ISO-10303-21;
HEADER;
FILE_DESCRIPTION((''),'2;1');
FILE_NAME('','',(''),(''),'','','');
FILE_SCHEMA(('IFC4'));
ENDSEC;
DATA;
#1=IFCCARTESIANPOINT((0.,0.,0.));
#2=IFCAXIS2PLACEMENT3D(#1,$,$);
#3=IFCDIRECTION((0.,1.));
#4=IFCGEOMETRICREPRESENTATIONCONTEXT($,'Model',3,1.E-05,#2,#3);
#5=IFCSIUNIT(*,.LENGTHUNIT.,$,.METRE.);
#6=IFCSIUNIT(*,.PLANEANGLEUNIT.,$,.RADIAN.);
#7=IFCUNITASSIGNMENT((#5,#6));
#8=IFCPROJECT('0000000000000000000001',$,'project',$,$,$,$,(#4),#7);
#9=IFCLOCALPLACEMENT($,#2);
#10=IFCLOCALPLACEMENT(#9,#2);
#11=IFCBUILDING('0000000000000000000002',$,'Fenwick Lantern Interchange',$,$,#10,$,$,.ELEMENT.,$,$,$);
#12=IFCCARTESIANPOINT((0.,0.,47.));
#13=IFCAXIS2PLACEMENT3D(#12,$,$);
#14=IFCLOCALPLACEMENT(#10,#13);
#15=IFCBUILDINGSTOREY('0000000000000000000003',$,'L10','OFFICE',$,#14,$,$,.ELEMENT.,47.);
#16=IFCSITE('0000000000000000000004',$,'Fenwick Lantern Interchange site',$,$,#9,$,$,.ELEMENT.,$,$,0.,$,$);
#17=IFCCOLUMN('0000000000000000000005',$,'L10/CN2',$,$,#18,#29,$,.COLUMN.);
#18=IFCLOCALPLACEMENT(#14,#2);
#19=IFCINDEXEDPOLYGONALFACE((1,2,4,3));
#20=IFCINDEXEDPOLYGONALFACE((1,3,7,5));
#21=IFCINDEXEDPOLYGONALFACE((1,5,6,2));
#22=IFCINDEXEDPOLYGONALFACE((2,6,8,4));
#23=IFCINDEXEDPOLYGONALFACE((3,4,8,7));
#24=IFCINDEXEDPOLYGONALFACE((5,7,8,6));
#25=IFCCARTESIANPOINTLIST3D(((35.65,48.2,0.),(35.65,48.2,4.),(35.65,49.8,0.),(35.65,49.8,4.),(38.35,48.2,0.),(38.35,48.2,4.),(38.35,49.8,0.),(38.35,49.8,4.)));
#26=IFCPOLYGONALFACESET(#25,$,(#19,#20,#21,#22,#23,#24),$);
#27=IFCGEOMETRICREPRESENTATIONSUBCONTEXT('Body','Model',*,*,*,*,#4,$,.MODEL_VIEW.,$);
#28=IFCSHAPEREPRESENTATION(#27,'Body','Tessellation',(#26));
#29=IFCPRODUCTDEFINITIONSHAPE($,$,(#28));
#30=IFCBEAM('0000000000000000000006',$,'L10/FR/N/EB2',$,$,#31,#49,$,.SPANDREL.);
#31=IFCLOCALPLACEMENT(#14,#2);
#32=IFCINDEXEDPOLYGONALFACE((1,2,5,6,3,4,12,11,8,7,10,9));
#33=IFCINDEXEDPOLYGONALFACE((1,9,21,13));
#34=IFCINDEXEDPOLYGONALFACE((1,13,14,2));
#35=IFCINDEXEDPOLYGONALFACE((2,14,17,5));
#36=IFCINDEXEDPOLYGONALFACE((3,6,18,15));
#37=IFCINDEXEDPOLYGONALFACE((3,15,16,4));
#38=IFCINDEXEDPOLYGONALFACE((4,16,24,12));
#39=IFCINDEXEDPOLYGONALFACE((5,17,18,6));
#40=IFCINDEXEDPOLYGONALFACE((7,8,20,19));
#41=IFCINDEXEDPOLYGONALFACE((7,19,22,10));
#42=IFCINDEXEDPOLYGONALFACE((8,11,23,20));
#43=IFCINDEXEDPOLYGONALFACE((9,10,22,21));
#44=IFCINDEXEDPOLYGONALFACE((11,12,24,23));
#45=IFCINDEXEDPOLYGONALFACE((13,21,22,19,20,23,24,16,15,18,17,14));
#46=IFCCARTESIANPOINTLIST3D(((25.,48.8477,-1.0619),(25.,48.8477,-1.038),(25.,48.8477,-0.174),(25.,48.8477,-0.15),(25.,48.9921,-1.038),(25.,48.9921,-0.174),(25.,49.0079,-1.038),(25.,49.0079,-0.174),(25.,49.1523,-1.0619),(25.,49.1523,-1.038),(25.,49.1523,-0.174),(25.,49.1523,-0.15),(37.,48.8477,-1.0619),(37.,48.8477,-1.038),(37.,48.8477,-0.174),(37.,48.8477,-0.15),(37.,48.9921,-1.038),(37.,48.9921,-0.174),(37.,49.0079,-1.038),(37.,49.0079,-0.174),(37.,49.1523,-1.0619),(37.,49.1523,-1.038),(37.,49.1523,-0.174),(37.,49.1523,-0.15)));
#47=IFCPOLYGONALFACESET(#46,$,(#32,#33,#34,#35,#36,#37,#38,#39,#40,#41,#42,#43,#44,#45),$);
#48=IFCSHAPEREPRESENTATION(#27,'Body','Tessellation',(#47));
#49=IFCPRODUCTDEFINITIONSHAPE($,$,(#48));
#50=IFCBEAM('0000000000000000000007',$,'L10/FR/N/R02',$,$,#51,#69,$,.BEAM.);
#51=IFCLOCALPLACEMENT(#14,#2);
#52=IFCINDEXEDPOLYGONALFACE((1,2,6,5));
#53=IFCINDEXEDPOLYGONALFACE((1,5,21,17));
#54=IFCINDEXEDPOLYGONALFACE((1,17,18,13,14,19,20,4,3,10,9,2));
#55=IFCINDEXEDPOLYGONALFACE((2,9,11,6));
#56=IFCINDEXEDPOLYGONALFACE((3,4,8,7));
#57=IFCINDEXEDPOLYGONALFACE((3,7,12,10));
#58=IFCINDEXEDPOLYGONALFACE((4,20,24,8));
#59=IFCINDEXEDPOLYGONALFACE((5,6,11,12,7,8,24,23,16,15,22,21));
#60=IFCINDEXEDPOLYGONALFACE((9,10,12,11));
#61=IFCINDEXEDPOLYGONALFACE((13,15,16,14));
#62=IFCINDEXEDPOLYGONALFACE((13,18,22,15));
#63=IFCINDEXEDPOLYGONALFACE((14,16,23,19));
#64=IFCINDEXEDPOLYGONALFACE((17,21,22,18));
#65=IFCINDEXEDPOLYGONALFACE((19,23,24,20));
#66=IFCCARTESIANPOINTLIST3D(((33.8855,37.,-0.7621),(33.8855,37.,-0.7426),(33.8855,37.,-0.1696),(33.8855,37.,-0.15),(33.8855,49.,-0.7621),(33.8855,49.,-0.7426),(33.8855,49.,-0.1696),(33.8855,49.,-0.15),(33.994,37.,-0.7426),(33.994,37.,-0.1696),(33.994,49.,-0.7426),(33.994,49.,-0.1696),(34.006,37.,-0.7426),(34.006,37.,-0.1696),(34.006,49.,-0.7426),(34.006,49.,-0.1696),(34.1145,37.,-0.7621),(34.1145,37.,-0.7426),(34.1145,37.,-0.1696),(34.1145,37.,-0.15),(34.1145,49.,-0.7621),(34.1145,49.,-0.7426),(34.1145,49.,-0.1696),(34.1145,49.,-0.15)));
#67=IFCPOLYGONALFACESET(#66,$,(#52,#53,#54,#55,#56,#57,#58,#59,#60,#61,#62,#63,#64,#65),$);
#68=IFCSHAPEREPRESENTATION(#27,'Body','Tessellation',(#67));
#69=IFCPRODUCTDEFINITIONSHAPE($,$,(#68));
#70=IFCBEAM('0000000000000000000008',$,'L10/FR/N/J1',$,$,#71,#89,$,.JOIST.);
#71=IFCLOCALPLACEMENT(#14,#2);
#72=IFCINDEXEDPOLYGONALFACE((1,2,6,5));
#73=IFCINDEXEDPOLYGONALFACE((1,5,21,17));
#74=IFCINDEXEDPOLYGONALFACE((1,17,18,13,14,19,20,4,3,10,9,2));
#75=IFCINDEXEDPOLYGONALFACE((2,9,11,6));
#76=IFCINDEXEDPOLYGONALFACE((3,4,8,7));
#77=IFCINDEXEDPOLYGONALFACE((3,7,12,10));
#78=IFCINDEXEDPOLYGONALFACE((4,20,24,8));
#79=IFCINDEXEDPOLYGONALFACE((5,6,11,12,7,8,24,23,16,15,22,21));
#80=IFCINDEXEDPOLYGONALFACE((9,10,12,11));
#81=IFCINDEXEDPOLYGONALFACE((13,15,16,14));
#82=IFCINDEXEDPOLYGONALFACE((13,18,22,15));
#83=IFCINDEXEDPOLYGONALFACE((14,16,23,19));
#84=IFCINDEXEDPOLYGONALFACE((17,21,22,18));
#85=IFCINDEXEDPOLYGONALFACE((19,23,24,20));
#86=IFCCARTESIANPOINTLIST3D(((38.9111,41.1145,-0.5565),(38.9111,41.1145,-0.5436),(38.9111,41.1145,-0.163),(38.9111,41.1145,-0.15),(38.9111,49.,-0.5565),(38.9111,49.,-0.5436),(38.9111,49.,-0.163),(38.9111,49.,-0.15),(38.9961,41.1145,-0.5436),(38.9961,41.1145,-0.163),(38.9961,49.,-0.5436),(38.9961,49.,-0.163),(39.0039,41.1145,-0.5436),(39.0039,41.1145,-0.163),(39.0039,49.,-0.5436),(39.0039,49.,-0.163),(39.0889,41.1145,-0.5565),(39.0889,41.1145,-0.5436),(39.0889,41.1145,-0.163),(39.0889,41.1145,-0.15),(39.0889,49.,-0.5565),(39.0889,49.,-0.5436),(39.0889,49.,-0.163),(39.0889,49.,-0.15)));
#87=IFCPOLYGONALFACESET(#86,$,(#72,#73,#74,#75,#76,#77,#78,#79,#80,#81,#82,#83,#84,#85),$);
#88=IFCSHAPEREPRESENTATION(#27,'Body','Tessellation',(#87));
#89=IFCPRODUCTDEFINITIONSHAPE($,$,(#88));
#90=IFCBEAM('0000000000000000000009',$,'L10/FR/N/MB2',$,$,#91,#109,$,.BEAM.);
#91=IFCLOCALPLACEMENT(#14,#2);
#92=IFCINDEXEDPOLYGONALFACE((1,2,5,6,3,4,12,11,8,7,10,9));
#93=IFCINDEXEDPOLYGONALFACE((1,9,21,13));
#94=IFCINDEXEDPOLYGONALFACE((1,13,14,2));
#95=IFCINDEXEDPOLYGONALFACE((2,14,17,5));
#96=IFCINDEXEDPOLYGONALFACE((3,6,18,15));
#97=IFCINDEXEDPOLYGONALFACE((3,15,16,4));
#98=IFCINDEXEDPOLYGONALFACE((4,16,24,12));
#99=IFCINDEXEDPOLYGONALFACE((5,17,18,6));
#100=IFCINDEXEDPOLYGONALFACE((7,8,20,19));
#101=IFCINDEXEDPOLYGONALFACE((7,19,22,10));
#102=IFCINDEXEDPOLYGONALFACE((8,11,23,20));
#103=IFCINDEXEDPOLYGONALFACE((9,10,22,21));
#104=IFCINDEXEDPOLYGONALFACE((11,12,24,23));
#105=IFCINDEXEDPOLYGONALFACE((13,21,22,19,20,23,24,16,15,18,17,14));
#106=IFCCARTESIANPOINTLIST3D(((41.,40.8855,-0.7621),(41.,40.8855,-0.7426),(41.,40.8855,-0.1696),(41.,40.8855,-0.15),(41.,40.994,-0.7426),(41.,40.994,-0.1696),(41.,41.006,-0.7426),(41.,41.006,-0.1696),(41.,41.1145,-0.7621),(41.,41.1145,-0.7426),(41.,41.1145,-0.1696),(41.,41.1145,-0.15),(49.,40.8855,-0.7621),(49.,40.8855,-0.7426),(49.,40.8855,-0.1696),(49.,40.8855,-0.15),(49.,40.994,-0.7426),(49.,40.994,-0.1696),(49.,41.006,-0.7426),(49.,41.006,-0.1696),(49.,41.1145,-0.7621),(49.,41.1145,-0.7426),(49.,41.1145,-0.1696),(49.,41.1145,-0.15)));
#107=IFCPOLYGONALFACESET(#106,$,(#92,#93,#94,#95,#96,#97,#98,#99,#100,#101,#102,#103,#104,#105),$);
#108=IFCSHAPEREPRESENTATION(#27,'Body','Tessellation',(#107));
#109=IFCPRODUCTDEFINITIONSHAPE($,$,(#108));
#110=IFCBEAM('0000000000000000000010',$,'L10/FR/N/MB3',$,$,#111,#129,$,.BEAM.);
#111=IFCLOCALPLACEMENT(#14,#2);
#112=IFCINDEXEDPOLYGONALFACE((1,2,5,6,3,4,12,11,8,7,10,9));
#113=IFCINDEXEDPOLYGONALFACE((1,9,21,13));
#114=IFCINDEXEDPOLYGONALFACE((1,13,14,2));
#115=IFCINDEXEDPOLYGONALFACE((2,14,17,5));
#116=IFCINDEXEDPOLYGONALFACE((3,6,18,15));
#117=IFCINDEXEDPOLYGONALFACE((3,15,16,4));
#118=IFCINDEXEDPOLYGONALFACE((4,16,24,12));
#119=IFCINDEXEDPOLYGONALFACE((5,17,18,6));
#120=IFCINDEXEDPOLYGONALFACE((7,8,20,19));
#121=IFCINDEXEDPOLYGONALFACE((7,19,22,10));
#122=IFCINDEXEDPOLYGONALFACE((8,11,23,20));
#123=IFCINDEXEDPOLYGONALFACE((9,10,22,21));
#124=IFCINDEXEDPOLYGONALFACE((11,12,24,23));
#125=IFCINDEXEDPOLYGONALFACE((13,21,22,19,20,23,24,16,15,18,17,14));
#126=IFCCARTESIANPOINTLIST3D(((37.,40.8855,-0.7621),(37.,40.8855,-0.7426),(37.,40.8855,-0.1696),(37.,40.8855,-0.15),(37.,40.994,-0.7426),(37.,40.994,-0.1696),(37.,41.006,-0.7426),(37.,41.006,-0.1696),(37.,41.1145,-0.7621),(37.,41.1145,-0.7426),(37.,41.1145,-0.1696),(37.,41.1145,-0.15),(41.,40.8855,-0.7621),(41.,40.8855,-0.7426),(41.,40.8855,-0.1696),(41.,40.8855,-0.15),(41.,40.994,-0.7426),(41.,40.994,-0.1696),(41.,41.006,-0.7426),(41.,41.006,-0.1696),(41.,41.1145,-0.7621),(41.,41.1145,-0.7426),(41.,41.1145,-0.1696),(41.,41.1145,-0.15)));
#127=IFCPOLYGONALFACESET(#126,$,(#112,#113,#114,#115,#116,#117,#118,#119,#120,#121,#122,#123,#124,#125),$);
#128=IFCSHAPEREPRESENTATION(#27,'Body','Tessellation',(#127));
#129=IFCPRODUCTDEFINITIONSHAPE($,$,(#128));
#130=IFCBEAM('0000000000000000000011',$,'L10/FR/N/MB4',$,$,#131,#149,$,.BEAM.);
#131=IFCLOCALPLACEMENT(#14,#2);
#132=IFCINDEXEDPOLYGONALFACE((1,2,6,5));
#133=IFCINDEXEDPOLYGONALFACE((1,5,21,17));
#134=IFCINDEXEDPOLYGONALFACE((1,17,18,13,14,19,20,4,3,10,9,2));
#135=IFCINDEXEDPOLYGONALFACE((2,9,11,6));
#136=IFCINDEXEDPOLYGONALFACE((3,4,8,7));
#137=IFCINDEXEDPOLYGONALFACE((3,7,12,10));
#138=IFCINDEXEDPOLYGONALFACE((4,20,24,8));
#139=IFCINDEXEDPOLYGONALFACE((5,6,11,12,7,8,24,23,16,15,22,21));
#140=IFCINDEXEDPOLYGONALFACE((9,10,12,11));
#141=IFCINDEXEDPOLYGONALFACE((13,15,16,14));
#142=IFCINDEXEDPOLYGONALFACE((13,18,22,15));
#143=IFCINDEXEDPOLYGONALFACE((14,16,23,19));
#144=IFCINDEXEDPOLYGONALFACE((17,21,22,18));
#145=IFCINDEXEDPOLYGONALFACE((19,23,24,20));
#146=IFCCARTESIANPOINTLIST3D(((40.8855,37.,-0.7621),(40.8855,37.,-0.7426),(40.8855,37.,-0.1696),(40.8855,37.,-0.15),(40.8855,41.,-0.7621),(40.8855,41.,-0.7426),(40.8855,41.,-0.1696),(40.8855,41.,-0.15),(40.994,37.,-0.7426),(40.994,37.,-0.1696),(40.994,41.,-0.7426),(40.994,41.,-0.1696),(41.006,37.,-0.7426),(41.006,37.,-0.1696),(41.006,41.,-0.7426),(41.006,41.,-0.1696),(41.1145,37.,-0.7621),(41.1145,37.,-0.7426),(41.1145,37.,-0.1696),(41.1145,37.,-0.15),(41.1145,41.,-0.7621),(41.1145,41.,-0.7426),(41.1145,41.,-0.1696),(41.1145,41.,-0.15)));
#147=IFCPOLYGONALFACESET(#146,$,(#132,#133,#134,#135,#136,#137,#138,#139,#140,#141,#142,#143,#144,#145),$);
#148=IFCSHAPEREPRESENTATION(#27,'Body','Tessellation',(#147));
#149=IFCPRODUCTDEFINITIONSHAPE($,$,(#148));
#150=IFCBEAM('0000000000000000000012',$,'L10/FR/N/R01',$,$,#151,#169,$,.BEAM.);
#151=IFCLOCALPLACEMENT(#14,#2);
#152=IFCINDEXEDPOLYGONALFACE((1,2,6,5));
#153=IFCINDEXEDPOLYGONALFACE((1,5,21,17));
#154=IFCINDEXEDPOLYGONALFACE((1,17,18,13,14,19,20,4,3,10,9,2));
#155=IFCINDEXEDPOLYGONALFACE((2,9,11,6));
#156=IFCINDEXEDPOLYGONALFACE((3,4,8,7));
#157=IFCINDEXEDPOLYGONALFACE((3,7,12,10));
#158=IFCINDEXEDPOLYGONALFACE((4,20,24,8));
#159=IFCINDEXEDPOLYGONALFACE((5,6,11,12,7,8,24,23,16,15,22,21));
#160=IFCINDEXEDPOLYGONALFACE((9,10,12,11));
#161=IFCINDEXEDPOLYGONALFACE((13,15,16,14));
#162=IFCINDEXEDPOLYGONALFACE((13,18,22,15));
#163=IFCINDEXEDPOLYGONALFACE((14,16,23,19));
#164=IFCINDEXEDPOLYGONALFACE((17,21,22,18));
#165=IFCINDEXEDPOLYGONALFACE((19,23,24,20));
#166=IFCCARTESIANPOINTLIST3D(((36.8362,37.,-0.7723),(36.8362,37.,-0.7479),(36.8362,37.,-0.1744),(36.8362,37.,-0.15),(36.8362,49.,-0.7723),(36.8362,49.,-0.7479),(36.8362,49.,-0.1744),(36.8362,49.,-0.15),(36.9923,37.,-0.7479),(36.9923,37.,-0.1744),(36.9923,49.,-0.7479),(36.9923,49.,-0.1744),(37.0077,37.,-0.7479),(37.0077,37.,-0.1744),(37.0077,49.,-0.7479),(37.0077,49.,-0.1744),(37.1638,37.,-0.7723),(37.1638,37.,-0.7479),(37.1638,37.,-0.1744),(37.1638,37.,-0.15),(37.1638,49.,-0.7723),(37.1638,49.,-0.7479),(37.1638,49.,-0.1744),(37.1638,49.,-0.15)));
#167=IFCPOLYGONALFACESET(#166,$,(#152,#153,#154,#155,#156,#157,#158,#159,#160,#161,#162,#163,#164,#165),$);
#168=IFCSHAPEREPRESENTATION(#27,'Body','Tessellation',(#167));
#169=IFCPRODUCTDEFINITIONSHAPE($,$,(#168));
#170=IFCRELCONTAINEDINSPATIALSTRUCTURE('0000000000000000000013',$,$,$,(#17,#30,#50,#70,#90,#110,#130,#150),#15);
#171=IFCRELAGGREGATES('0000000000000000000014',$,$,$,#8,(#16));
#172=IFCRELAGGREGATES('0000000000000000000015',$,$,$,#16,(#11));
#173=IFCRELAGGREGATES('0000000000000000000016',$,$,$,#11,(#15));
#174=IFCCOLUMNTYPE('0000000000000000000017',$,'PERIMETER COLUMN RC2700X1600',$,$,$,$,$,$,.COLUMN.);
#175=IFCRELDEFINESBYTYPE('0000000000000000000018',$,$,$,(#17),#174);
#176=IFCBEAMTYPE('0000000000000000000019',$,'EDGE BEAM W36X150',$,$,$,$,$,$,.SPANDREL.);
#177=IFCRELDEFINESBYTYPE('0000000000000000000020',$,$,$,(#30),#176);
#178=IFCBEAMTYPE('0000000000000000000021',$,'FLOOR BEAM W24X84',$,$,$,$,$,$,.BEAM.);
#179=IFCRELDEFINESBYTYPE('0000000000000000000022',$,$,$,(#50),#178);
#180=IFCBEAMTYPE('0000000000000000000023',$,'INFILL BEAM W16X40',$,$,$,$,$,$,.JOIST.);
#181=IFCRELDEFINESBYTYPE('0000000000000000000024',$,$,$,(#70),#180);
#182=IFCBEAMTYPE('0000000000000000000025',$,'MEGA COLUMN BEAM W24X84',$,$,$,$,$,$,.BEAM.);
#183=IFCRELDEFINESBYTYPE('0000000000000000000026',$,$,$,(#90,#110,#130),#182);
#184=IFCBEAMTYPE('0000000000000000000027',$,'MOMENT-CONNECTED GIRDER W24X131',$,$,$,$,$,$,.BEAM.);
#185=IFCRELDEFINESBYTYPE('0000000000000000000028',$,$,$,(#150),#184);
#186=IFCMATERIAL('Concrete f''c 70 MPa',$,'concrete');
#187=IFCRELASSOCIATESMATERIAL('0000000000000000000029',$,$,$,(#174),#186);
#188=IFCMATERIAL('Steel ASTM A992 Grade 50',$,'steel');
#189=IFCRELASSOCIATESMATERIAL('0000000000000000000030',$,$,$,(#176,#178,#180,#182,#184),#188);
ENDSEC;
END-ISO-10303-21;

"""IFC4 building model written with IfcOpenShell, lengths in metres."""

from ifc_helpers import new_model, si_unit, direction, frame, origin, origin_2d, place, context, subcontext, project, spatial, rectangle, i_section, extrude, material, material_profile, profile_set, type_object, element, save


model = new_model("IFC4")

# Units and contexts
model_context = context("Model", 3, precision=1e-05, world=origin(), true_north=direction((0.0, 1.0)))
body_context = subcontext(model_context, "Body", "Model", "MODEL_VIEW")
ifc_project = project(units=[si_unit("LENGTHUNIT", "METRE"), si_unit("PLANEANGLEUNIT", "RADIAN")], contexts=[model_context])

# Site, building, storey
site_placement = place(None, origin())
site = spatial("IfcSite", under=ifc_project, at=site_placement, Name="Fenwick Lantern Interchange site", CompositionType="ELEMENT", RefElevation=0.0)
building_placement = place(site_placement, origin())
building = spatial("IfcBuilding", under=site, at=building_placement, Name="Fenwick Lantern Interchange", CompositionType="ELEMENT")
storey_placement = place(building_placement, frame((0.0, 0.0, 47.0)))
storey = spatial("IfcBuildingStorey", under=building, at=storey_placement, Name="L10", Description="OFFICE", CompositionType="ELEMENT", Elevation=47.0)

# Column
ifc_material_1 = material(Name="Concrete f'c 70 MPa", Category="concrete")
ifc_material_profile_1 = material_profile(ifc_material_1, rectangle(XDim=2.7, YDim=1.6001, at=origin_2d()), Name="RC2700X1600")
ifc_profile_set_1 = profile_set([ifc_material_profile_1], Name="Concrete f'c 70 MPa")
column_type = type_object("IfcColumnType", Name="PERIMETER COLUMN RC2700X1600", PredefinedType="COLUMN", material=ifc_profile_set_1)
column_placement = place(storey_placement, frame((37.0, 49.0, 0.0), z_axis=(0.0, 0.0, 1.0), x_axis=(1.0, 0.0, 0.0)))
element("IfcColumn", 1, at=column_placement, inside=storey, type_object=column_type, Name="L10/CN2", PredefinedType="COLUMN", context=body_context, shape_type="SweptSolid", body=[
    extrude(rectangle(XDim=2.7, YDim=1.6001, at=origin_2d()), origin(), (0.0, 0.0, 1.0), 4.0),
])

# Beams
ifc_material_2 = material(Name="Steel ASTM A992 Grade 50", Category="steel")
ifc_material_profile_2 = material_profile(ifc_material_2, i_section(OverallWidth=0.3047, OverallDepth=0.9119, WebThickness=0.0159, FlangeThickness=0.0239, at=origin_2d()), Name="W36X150")
ifc_profile_set_2 = profile_set([ifc_material_profile_2], Name="Steel ASTM A992 Grade 50")
beam_type_1 = type_object("IfcBeamType", Name="EDGE BEAM W36X150", PredefinedType="SPANDREL", material=ifc_profile_set_2)
beam_1_placement = place(storey_placement, frame((37.0, 49.0, -0.606), z_axis=(-1.0, 0.0, 0.0), x_axis=(0.0, -1.0, 0.0)))
element("IfcBeam", 2, at=beam_1_placement, inside=storey, type_object=beam_type_1, Name="L10/FR/N/EB2", PredefinedType="SPANDREL", context=body_context, shape_type="SweptSolid", body=[
    extrude(i_section(OverallWidth=0.3047, OverallDepth=0.9119, WebThickness=0.0159, FlangeThickness=0.0239, at=origin_2d()), origin(), (0.0, 0.0, 1.0), 12.0),
])
ifc_material_profile_3 = material_profile(ifc_material_2, i_section(OverallWidth=0.229, OverallDepth=0.6121, WebThickness=0.012, FlangeThickness=0.0195, at=origin_2d()), Name="W24X84")
ifc_profile_set_3 = profile_set([ifc_material_profile_3], Name="Steel ASTM A992 Grade 50")
beam_type_2 = type_object("IfcBeamType", Name="FLOOR BEAM W24X84", PredefinedType="BEAM", material=ifc_profile_set_3)
beam_2_placement = place(storey_placement, frame((34.0, 49.0, -0.4561), z_axis=(0.0, -1.0, 0.0), x_axis=(1.0, 0.0, 0.0)))
element("IfcBeam", 3, at=beam_2_placement, inside=storey, type_object=beam_type_2, Name="L10/FR/N/R02", PredefinedType="BEAM", context=body_context, shape_type="SweptSolid", body=[
    extrude(i_section(OverallWidth=0.229, OverallDepth=0.6121, WebThickness=0.012, FlangeThickness=0.0195, at=origin_2d()), origin(), (0.0, 0.0, 1.0), 12.0),
])
ifc_material_profile_4 = material_profile(ifc_material_2, i_section(OverallWidth=0.1777, OverallDepth=0.4065, WebThickness=0.0078, FlangeThickness=0.0129, at=origin_2d()), Name="W16X40")
ifc_profile_set_4 = profile_set([ifc_material_profile_4], Name="Steel ASTM A992 Grade 50")
beam_type_3 = type_object("IfcBeamType", Name="INFILL BEAM W16X40", PredefinedType="JOIST", material=ifc_profile_set_4)
beam_3_placement = place(storey_placement, frame((39.0, 49.0, -0.3533), z_axis=(0.0, -1.0, 0.0), x_axis=(1.0, 0.0, 0.0)))
element("IfcBeam", 4, at=beam_3_placement, inside=storey, type_object=beam_type_3, Name="L10/FR/N/J1", PredefinedType="JOIST", context=body_context, shape_type="SweptSolid", body=[
    extrude(i_section(OverallWidth=0.1777, OverallDepth=0.4065, WebThickness=0.0078, FlangeThickness=0.0129, at=origin_2d()), origin(), (0.0, 0.0, 1.0), 7.8855),
])
ifc_material_profile_5 = material_profile(ifc_material_2, i_section(OverallWidth=0.229, OverallDepth=0.6121, WebThickness=0.012, FlangeThickness=0.0195, at=origin_2d()), Name="W24X84")
ifc_profile_set_5 = profile_set([ifc_material_profile_5], Name="Steel ASTM A992 Grade 50")
beam_type_4 = type_object("IfcBeamType", Name="MEGA COLUMN BEAM W24X84", PredefinedType="BEAM", material=ifc_profile_set_5)
beam_4_placement = place(storey_placement, frame((41.0, 41.0, -0.4561), z_axis=(1.0, 0.0, 0.0), x_axis=(0.0, 1.0, 0.0)))
element("IfcBeam", 5, at=beam_4_placement, inside=storey, type_object=beam_type_4, Name="L10/FR/N/MB2", PredefinedType="BEAM", context=body_context, shape_type="SweptSolid", body=[
    extrude(i_section(OverallWidth=0.229, OverallDepth=0.6121, WebThickness=0.012, FlangeThickness=0.0195, at=origin_2d()), origin(), (0.0, 0.0, 1.0), 8.0),
])
for number, where, z_axis, x_axis, name in (
    (6, (41.0, 41.0, -0.4561), (-1.0, 0.0, 0.0), (0.0, -1.0, 0.0), "L10/FR/N/MB3"),
    (7, (41.0, 41.0, -0.4561), (0.0, -1.0, 0.0), (1.0, 0.0, 0.0), "L10/FR/N/MB4"),
):
    element("IfcBeam", number, at=place(storey_placement, frame(where, z_axis=z_axis, x_axis=x_axis)), inside=storey, type_object=beam_type_4, Name=name, PredefinedType="BEAM", context=body_context, shape_type="SweptSolid", body=[
        extrude(i_section(OverallWidth=0.229, OverallDepth=0.6121, WebThickness=0.012, FlangeThickness=0.0195, at=origin_2d()), origin(), (0.0, 0.0, 1.0), 4.0),
    ])
ifc_material_profile_6 = material_profile(ifc_material_2, i_section(OverallWidth=0.3276, OverallDepth=0.6223, WebThickness=0.0154, FlangeThickness=0.0244, at=origin_2d()), Name="W24X131")
ifc_profile_set_6 = profile_set([ifc_material_profile_6], Name="Steel ASTM A992 Grade 50")
beam_type_5 = type_object("IfcBeamType", Name="MOMENT-CONNECTED GIRDER W24X131", PredefinedType="BEAM", material=ifc_profile_set_6)
beam_5_placement = place(storey_placement, frame((37.0, 49.0, -0.4612), z_axis=(0.0, -1.0, 0.0), x_axis=(1.0, 0.0, 0.0)))
element("IfcBeam", 8, at=beam_5_placement, inside=storey, type_object=beam_type_5, Name="L10/FR/N/R01", PredefinedType="BEAM", context=body_context, shape_type="SweptSolid", body=[
    extrude(i_section(OverallWidth=0.3276, OverallDepth=0.6223, WebThickness=0.0154, FlangeThickness=0.0244, at=origin_2d()), origin(), (0.0, 0.0, 1.0), 12.0),
])

save(model, "model.ifc")
